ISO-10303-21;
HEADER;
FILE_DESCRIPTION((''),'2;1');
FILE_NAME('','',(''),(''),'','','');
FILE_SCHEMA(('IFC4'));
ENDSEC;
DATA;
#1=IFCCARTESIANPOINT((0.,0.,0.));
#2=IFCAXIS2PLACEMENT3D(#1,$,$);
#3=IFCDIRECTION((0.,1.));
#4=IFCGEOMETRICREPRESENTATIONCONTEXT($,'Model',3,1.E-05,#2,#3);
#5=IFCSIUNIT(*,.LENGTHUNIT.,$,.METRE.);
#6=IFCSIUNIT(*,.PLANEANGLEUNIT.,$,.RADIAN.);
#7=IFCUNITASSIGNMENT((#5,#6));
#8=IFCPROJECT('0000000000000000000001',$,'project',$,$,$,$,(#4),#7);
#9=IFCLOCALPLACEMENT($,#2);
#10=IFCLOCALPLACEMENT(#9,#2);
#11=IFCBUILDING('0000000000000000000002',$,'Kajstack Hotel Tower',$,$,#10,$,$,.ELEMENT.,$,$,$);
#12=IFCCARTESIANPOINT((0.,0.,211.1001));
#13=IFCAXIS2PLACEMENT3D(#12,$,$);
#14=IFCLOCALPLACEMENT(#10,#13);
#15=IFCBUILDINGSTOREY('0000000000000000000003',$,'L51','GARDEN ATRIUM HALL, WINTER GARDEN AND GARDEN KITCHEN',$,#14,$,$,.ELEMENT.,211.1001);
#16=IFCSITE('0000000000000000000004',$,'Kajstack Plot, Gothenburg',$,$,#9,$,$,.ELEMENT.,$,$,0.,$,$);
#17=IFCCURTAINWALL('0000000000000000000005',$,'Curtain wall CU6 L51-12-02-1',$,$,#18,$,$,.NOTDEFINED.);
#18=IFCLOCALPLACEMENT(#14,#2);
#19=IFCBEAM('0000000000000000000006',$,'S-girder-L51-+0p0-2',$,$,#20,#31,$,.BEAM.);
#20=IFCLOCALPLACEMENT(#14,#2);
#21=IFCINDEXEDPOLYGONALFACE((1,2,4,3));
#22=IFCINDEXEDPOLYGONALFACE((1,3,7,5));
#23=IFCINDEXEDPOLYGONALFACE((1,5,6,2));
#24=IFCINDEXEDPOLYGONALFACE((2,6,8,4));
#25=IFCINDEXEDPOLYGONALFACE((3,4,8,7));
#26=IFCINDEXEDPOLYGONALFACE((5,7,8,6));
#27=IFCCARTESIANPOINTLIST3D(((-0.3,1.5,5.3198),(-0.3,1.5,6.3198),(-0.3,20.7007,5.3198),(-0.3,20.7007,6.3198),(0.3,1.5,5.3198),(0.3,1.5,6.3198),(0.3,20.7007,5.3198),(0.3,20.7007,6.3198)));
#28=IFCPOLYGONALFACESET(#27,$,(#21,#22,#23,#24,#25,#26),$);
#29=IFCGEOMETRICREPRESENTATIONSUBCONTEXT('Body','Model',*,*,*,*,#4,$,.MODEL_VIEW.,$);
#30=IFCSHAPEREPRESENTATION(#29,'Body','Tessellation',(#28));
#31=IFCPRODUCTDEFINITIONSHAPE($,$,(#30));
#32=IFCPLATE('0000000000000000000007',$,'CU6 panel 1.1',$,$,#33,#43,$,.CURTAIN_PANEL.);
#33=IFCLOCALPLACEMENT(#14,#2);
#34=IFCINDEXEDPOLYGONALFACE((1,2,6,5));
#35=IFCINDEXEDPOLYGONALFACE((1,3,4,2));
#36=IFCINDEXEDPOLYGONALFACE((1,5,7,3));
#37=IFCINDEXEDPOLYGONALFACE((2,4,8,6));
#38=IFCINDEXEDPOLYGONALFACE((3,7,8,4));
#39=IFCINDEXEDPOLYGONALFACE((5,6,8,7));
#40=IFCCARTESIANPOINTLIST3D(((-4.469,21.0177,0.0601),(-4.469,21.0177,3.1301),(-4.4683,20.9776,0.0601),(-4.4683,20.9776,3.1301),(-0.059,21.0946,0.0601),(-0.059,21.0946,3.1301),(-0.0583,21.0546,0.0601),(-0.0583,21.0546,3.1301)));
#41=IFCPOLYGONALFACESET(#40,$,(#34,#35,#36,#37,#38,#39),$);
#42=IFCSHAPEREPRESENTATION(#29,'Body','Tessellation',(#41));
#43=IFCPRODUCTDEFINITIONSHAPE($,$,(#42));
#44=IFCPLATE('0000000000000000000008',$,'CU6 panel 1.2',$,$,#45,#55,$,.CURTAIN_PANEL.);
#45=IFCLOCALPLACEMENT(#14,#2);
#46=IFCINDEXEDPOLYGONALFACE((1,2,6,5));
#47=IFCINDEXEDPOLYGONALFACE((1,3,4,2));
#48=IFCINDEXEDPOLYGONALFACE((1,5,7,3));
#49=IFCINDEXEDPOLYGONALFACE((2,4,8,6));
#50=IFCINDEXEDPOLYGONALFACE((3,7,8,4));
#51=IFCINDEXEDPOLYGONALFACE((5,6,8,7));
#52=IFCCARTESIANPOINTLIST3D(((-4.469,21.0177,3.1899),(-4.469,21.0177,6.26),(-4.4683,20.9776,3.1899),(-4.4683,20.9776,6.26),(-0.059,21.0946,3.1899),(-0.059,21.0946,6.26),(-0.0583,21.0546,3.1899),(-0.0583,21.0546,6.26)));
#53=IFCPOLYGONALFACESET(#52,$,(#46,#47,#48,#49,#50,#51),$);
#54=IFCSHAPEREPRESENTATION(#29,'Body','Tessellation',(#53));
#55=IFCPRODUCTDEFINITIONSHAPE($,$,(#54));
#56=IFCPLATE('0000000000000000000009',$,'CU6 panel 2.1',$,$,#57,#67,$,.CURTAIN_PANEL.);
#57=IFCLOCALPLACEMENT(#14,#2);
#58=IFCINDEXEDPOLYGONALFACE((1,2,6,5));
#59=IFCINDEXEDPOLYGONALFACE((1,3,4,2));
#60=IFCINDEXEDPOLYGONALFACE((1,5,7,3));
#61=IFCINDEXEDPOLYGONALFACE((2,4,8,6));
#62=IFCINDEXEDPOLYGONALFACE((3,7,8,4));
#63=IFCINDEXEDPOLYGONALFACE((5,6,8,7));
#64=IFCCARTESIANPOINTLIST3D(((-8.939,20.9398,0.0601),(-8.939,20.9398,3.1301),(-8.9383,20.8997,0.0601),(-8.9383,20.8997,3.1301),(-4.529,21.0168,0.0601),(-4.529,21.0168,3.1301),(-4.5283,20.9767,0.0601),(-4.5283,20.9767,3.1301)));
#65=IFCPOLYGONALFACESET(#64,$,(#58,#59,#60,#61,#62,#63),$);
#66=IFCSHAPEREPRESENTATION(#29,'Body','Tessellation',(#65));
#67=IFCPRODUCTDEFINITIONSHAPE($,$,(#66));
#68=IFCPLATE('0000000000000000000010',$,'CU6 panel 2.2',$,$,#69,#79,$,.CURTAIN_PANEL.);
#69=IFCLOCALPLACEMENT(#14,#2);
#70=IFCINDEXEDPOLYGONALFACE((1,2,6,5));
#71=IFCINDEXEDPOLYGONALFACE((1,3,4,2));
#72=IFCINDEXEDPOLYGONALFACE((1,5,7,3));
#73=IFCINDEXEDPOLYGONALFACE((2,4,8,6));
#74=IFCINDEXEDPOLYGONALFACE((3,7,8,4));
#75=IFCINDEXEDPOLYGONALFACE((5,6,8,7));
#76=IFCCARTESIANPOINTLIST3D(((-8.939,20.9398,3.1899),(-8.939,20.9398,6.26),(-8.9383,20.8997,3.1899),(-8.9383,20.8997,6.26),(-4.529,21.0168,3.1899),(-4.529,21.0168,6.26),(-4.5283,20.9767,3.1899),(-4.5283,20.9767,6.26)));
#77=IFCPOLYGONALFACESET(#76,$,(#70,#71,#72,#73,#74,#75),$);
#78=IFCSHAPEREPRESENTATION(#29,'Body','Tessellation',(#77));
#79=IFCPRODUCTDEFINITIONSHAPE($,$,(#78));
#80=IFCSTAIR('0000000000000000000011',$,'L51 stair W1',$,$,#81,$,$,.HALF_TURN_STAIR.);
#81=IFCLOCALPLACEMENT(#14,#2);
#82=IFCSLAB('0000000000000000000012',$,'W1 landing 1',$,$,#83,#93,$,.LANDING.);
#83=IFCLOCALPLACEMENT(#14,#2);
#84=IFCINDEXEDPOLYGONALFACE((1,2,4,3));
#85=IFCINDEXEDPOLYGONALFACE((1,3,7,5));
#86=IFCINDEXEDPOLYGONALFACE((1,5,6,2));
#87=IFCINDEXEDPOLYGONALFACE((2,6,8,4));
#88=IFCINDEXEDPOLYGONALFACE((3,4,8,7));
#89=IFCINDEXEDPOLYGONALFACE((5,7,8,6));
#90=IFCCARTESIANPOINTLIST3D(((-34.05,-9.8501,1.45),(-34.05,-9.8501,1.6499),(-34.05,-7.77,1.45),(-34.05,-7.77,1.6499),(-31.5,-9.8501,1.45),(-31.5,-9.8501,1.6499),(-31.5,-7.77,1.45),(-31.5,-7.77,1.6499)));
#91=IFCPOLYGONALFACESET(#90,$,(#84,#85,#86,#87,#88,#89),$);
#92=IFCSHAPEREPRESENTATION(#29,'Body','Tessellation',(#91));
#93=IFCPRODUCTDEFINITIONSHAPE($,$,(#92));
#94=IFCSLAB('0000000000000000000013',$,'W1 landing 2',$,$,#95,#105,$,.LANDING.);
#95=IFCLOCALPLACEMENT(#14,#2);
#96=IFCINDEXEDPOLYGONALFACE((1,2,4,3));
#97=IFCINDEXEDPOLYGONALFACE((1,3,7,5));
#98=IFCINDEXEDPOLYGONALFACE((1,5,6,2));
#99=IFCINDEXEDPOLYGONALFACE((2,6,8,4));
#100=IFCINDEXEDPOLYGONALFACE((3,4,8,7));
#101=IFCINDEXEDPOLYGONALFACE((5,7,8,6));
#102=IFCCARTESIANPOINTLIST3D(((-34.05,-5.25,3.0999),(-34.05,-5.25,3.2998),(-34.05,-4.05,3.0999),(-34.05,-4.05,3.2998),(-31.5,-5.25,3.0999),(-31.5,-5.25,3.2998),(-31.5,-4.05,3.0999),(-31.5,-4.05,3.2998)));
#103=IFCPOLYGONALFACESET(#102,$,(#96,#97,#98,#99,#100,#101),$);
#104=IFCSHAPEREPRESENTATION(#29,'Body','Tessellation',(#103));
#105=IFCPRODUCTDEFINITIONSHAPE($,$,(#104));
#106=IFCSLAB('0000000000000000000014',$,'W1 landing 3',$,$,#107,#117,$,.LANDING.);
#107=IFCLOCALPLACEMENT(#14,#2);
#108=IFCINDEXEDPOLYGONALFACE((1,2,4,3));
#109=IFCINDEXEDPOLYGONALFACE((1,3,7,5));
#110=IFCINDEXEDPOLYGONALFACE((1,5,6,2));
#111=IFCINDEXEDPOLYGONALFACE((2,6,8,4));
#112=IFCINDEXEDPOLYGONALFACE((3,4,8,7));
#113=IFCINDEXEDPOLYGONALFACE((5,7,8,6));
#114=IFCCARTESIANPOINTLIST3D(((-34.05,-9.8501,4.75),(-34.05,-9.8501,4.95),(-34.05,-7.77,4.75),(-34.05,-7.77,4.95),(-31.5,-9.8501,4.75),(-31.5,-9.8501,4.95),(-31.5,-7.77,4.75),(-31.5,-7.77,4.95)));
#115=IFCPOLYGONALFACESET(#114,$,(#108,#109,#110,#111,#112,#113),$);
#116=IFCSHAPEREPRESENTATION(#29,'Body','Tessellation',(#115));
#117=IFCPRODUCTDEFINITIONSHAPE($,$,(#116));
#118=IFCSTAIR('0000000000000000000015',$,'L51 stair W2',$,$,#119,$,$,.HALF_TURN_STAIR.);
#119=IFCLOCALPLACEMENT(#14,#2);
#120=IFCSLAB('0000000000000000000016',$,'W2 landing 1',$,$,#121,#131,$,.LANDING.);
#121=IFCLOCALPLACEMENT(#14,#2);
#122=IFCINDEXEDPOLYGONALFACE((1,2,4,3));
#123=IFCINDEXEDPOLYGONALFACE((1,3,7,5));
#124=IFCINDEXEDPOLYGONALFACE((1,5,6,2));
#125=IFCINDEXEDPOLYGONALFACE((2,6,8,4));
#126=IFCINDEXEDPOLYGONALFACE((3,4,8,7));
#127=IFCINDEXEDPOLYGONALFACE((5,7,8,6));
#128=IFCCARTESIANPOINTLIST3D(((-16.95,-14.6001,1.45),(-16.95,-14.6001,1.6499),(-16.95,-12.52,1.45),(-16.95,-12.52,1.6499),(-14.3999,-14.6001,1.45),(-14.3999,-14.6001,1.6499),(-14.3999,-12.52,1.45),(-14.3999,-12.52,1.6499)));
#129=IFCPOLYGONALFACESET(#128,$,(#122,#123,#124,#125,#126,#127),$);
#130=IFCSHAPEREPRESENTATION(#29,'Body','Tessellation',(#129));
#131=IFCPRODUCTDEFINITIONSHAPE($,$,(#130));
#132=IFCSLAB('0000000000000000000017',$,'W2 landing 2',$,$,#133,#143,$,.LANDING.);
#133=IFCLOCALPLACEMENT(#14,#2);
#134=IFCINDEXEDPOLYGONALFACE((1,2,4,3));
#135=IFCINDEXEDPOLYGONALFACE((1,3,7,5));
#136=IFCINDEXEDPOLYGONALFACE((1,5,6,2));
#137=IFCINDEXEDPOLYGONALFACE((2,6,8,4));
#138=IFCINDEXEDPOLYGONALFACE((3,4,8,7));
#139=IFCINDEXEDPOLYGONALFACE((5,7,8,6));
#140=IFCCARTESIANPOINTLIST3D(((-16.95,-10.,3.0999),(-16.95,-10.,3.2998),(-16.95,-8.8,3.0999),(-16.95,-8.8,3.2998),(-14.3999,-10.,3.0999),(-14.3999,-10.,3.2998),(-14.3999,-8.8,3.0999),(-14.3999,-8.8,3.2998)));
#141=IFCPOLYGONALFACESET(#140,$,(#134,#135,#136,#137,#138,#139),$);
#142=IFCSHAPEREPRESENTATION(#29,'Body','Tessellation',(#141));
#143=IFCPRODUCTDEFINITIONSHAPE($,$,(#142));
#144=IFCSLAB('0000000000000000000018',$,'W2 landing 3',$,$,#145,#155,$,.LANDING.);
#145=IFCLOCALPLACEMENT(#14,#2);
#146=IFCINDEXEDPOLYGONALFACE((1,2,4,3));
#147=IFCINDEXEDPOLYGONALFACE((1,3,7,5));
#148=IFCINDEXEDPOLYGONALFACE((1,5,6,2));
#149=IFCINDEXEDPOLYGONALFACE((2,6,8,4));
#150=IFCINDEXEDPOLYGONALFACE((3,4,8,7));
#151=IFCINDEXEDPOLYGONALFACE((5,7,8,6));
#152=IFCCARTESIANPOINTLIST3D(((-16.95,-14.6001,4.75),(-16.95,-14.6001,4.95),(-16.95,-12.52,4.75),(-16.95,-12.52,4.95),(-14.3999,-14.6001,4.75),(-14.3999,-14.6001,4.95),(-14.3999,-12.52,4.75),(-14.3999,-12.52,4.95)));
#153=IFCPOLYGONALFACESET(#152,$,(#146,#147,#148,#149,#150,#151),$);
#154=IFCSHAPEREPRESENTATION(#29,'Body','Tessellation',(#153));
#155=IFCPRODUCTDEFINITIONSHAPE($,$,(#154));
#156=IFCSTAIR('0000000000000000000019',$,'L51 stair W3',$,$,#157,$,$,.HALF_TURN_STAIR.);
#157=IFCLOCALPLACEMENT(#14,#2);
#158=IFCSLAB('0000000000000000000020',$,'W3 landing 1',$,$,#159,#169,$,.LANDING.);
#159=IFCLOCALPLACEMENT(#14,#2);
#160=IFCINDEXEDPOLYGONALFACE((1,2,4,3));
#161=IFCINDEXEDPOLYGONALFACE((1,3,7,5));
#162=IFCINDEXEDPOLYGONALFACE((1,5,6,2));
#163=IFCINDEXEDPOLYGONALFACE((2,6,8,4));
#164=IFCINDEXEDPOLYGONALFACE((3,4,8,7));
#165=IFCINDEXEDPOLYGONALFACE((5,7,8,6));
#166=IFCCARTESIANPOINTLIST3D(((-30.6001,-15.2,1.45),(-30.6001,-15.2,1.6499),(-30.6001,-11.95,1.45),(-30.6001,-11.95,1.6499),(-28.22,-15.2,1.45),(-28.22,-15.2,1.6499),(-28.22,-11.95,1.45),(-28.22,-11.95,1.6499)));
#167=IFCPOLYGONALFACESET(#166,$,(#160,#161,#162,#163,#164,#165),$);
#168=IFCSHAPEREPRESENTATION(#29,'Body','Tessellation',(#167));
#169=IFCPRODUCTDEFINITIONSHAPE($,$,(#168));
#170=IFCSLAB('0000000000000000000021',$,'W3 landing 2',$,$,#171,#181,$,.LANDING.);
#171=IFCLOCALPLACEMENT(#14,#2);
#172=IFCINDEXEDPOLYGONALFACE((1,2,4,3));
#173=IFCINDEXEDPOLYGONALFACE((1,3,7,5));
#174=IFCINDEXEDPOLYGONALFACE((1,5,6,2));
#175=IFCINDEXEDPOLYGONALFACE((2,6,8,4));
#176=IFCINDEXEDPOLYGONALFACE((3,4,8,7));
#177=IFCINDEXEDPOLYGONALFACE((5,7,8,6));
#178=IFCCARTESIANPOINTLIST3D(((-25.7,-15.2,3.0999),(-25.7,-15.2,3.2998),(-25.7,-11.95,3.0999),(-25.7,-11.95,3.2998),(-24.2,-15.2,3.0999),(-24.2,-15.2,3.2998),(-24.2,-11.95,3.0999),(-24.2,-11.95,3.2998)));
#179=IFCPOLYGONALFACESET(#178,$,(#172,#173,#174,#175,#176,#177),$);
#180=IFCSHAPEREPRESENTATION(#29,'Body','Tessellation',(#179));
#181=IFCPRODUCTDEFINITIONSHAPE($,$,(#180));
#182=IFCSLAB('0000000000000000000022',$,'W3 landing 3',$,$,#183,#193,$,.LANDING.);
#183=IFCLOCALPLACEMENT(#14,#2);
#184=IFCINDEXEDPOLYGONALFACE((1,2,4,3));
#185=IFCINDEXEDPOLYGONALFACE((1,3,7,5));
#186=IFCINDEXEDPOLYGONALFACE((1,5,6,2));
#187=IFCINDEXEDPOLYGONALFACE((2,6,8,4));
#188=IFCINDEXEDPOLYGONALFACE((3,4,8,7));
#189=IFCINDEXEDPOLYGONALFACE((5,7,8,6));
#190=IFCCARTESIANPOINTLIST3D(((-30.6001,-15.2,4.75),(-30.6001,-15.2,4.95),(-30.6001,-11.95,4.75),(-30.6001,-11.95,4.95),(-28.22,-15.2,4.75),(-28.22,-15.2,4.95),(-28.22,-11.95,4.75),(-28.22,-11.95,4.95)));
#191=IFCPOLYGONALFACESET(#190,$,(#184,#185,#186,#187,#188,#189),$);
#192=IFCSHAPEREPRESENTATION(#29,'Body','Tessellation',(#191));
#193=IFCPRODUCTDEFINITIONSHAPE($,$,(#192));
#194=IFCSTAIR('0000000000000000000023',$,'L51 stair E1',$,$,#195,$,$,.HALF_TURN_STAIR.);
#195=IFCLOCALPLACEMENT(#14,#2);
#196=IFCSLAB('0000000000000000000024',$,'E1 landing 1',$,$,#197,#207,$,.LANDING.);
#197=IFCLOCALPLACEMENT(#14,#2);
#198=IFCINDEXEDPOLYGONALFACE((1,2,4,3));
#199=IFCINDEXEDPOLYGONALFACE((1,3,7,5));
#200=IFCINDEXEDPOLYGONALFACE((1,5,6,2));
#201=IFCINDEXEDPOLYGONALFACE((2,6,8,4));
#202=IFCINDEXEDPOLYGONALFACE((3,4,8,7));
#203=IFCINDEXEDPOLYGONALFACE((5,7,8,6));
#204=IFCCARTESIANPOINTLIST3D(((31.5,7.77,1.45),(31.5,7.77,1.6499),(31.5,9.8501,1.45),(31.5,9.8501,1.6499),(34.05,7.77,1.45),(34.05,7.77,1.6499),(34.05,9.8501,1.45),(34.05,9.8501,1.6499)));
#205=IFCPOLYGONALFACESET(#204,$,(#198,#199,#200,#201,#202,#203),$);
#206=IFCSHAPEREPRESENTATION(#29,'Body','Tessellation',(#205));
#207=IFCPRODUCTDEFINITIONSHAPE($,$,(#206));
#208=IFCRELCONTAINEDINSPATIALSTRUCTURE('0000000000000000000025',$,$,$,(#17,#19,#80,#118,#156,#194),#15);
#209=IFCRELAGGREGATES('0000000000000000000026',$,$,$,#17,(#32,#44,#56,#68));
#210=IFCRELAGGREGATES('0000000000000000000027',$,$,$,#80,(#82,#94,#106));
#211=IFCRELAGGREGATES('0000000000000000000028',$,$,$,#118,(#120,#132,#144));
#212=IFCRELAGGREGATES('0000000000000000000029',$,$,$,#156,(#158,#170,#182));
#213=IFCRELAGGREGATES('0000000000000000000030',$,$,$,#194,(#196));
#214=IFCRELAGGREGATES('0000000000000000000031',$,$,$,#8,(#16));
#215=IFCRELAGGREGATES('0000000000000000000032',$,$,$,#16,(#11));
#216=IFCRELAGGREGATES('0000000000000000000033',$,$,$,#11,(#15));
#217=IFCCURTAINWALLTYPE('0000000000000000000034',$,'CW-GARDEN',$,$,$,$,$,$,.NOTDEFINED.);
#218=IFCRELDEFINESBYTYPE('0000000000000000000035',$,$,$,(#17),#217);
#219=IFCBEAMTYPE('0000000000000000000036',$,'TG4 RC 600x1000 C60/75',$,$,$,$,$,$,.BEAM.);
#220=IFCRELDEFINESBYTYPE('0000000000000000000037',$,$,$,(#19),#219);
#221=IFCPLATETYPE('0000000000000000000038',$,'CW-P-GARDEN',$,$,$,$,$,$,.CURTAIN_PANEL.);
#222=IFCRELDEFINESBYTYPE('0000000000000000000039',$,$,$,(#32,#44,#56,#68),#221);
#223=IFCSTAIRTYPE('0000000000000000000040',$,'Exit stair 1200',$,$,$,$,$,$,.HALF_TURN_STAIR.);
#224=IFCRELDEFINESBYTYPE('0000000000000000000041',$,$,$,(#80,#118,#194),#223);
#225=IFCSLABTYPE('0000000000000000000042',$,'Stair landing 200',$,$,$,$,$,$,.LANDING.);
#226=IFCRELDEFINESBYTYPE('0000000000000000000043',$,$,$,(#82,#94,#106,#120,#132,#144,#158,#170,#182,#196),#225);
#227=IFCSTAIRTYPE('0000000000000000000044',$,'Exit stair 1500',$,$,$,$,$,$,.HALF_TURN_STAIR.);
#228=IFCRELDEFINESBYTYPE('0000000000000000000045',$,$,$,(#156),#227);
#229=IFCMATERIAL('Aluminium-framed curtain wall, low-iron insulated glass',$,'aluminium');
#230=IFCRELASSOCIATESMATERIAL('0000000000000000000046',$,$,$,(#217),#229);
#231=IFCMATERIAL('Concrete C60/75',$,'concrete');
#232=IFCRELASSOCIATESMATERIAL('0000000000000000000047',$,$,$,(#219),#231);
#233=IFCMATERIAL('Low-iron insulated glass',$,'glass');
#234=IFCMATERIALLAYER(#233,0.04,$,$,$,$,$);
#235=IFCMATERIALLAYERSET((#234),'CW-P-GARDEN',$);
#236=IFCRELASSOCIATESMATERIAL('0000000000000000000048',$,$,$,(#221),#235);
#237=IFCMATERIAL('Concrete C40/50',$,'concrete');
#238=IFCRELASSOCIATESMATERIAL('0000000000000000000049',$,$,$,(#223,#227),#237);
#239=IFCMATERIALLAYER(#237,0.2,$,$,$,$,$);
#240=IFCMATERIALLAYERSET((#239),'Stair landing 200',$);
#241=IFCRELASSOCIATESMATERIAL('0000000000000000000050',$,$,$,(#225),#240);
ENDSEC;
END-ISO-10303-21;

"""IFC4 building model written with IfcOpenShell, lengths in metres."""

from ifc_helpers import new_model, si_unit, direction, frame, origin, origin_2d, place, context, subcontext, project, spatial, polyline, rectangle, outline, extrude, material, layer, layer_set, material_profile, profile_set, type_object, element, aggregate, save


model = new_model("IFC4")

# Units and contexts
model_context = context("Model", 3, precision=1e-05, world=origin(), true_north=direction((0.0, 1.0)))
body_context = subcontext(model_context, "Body", "Model", "MODEL_VIEW")
ifc_project = project(units=[si_unit("LENGTHUNIT", "METRE"), si_unit("PLANEANGLEUNIT", "RADIAN")], contexts=[model_context])

# Site, building, storey
site_placement = place(None, origin())
site = spatial("IfcSite", under=ifc_project, at=site_placement, Name="Kajstack Plot, Gothenburg", CompositionType="ELEMENT", RefElevation=0.0)
building_placement = place(site_placement, origin())
building = spatial("IfcBuilding", under=site, at=building_placement, Name="Kajstack Hotel Tower", CompositionType="ELEMENT")
storey_placement = place(building_placement, frame((0.0, 0.0, 211.1001)))
storey = spatial("IfcBuildingStorey", under=building, at=storey_placement, Name="L51", Description="GARDEN ATRIUM HALL, WINTER GARDEN AND GARDEN KITCHEN", CompositionType="ELEMENT", Elevation=211.1001)

# Curtain wall
ifc_material_1 = material(Name="Aluminium-framed curtain wall, low-iron insulated glass", Category="aluminium")
curtain_wall_type = type_object("IfcCurtainWallType", Name="CW-GARDEN", PredefinedType="NOTDEFINED", material=ifc_material_1)
curtain_wall_placement = place(storey_placement, origin())
curtain_wall = element("IfcCurtainWall", 1, at=curtain_wall_placement, inside=storey, type_object=curtain_wall_type, Name="Curtain wall CU6 L51-12-02-1", PredefinedType="NOTDEFINED")

# Beam
ifc_material_2 = material(Name="Concrete C60/75", Category="concrete")
ifc_material_profile_1 = material_profile(ifc_material_2, rectangle(XDim=0.6001, YDim=1.0, at=origin_2d()), Name="RC 600x1000")
ifc_profile_set_1 = profile_set([ifc_material_profile_1], Name="Concrete C60/75")
beam_type = type_object("IfcBeamType", Name="TG4 RC 600x1000 C60/75", PredefinedType="BEAM", material=ifc_profile_set_1)
beam_placement = place(storey_placement, frame((0.0, 1.5, 5.8198), z_axis=(0.0, 1.0, 0.0), x_axis=(-1.0, 0.0, 0.0)))
element("IfcBeam", 2, at=beam_placement, inside=storey, type_object=beam_type, Name="S-girder-L51-+0p0-2", PredefinedType="BEAM", context=body_context, shape_type="SweptSolid", body=[
    extrude(rectangle(XDim=0.6001, YDim=1.0, at=origin_2d()), origin(), (0.0, 0.0, 1.0), 19.2007),
])

# Plates
ifc_material_3 = material(Name="Low-iron insulated glass", Category="glass")
ifc_layer_1 = layer(ifc_material_3, 0.04)
ifc_layer_set_1 = layer_set([ifc_layer_1], Name="CW-P-GARDEN")
plate_type = type_object("IfcPlateType", Name="CW-P-GARDEN", PredefinedType="CURTAIN_PANEL", material=ifc_layer_set_1)
plate_1_placement = place(storey_placement, frame((-2.2637, 21.0361, 0.0601), z_axis=(0.0, 0.0, 1.0), x_axis=(-0.999848, -0.017453, 0.0)))
plate_1 = element("IfcPlate", 3, at=plate_1_placement, type_object=plate_type, Name="CU6 panel 1.1", PredefinedType="CURTAIN_PANEL", context=body_context, shape_type="SweptSolid", body=[
    extrude(rectangle(XDim=4.4106, YDim=0.04, at=origin_2d()), origin(), (0.0, 0.0, 1.0), 3.0701),
])
plate_2_placement = place(storey_placement, frame((-2.2637, 21.0361, 3.1899), z_axis=(0.0, 0.0, 1.0), x_axis=(-0.999848, -0.017453, 0.0)))
plate_2 = element("IfcPlate", 4, at=plate_2_placement, type_object=plate_type, Name="CU6 panel 1.2", PredefinedType="CURTAIN_PANEL", context=body_context, shape_type="SweptSolid", body=[
    extrude(rectangle(XDim=4.4106, YDim=0.04, at=origin_2d()), origin(), (0.0, 0.0, 1.0), 3.0701),
])
plate_3_placement = place(storey_placement, frame((-6.7336, 20.9583, 0.0601), z_axis=(0.0, 0.0, 1.0), x_axis=(-0.999848, -0.017453, 0.0)))
plate_3 = element("IfcPlate", 5, at=plate_3_placement, type_object=plate_type, Name="CU6 panel 2.1", PredefinedType="CURTAIN_PANEL", context=body_context, shape_type="SweptSolid", body=[
    extrude(rectangle(XDim=4.4106, YDim=0.04, at=origin_2d()), origin(), (0.0, 0.0, 1.0), 3.0701),
])
plate_4_placement = place(storey_placement, frame((-6.7336, 20.9583, 3.1899), z_axis=(0.0, 0.0, 1.0), x_axis=(-0.999848, -0.017453, 0.0)))
plate_4 = element("IfcPlate", 6, at=plate_4_placement, type_object=plate_type, Name="CU6 panel 2.2", PredefinedType="CURTAIN_PANEL", context=body_context, shape_type="SweptSolid", body=[
    extrude(rectangle(XDim=4.4106, YDim=0.04, at=origin_2d()), origin(), (0.0, 0.0, 1.0), 3.0701),
])
aggregate(curtain_wall, [plate_1, plate_2, plate_3, plate_4])

# Stairs, slabs
ifc_material_4 = material(Name="Concrete C40/50", Category="concrete")
stair_type_1 = type_object("IfcStairType", Name="Exit stair 1200", PredefinedType="HALF_TURN_STAIR", material=ifc_material_4)
stair_1_placement = place(storey_placement, origin())
stair_1 = element("IfcStair", 7, at=stair_1_placement, inside=storey, type_object=stair_type_1, Name="L51 stair W1", PredefinedType="HALF_TURN_STAIR")
ifc_layer_2 = layer(ifc_material_4, 0.2)
ifc_layer_set_2 = layer_set([ifc_layer_2], Name="Stair landing 200")
slab_type = type_object("IfcSlabType", Name="Stair landing 200", PredefinedType="LANDING", material=ifc_layer_set_2)
slab_1_placement = place(storey_placement, frame((0.0, 0.0, 1.45)))
slab_1 = element("IfcSlab", 8, at=slab_1_placement, type_object=slab_type, Name="W1 landing 1", PredefinedType="LANDING", context=body_context, shape_type="SweptSolid", body=[
    extrude(outline(polyline([(-34.05, -7.77), (-34.05, -9.8501), (-31.5, -9.8501), (-31.5, -7.77), (-34.05, -7.77)])), origin(), (0.0, 0.0, 1.0), 0.2),
])
slab_2_placement = place(storey_placement, frame((0.0, 0.0, 3.0999)))
slab_2 = element("IfcSlab", 9, at=slab_2_placement, type_object=slab_type, Name="W1 landing 2", PredefinedType="LANDING", context=body_context, shape_type="SweptSolid", body=[
    extrude(outline(polyline([(-34.05, -4.05), (-34.05, -5.25), (-31.5, -5.25), (-31.5, -4.05), (-34.05, -4.05)])), origin(), (0.0, 0.0, 1.0), 0.2),
])
slab_3_placement = place(storey_placement, frame((0.0, 0.0, 4.75)))
slab_3 = element("IfcSlab", 10, at=slab_3_placement, type_object=slab_type, Name="W1 landing 3", PredefinedType="LANDING", context=body_context, shape_type="SweptSolid", body=[
    extrude(outline(polyline([(-34.05, -7.77), (-34.05, -9.8501), (-31.5, -9.8501), (-31.5, -7.77), (-34.05, -7.77)])), origin(), (0.0, 0.0, 1.0), 0.2),
])
aggregate(stair_1, [slab_1, slab_2, slab_3])
stair_2_placement = place(storey_placement, origin())
stair_2 = element("IfcStair", 11, at=stair_2_placement, inside=storey, type_object=stair_type_1, Name="L51 stair W2", PredefinedType="HALF_TURN_STAIR")
slab_4_placement = place(storey_placement, frame((0.0, 0.0, 1.45)))
slab_4 = element("IfcSlab", 12, at=slab_4_placement, type_object=slab_type, Name="W2 landing 1", PredefinedType="LANDING", context=body_context, shape_type="SweptSolid", body=[
    extrude(outline(polyline([(-16.95, -12.52), (-16.95, -14.6001), (-14.3999, -14.6001), (-14.3999, -12.52), (-16.95, -12.52)])), origin(), (0.0, 0.0, 1.0), 0.2),
])
slab_5_placement = place(storey_placement, frame((0.0, 0.0, 3.0999)))
slab_5 = element("IfcSlab", 13, at=slab_5_placement, type_object=slab_type, Name="W2 landing 2", PredefinedType="LANDING", context=body_context, shape_type="SweptSolid", body=[
    extrude(outline(polyline([(-16.95, -8.8), (-16.95, -10.0), (-14.3999, -10.0), (-14.3999, -8.8), (-16.95, -8.8)])), origin(), (0.0, 0.0, 1.0), 0.2),
])
slab_6_placement = place(storey_placement, frame((0.0, 0.0, 4.75)))
slab_6 = element("IfcSlab", 14, at=slab_6_placement, type_object=slab_type, Name="W2 landing 3", PredefinedType="LANDING", context=body_context, shape_type="SweptSolid", body=[
    extrude(outline(polyline([(-16.95, -12.52), (-16.95, -14.6001), (-14.3999, -14.6001), (-14.3999, -12.52), (-16.95, -12.52)])), origin(), (0.0, 0.0, 1.0), 0.2),
])
aggregate(stair_2, [slab_4, slab_5, slab_6])
stair_type_2 = type_object("IfcStairType", Name="Exit stair 1500", PredefinedType="HALF_TURN_STAIR", material=ifc_material_4)
stair_3_placement = place(storey_placement, origin())
stair_3 = element("IfcStair", 15, at=stair_3_placement, inside=storey, type_object=stair_type_2, Name="L51 stair W3", PredefinedType="HALF_TURN_STAIR")
slab_7_placement = place(storey_placement, frame((0.0, 0.0, 1.45)))
slab_7 = element("IfcSlab", 16, at=slab_7_placement, type_object=slab_type, Name="W3 landing 1", PredefinedType="LANDING", context=body_context, shape_type="SweptSolid", body=[
    extrude(outline(polyline([(-28.22, -11.95), (-30.6001, -11.95), (-30.6001, -15.2), (-28.22, -15.2), (-28.22, -11.95)])), origin(), (0.0, 0.0, 1.0), 0.2),
])
slab_8_placement = place(storey_placement, frame((0.0, 0.0, 3.0999)))
slab_8 = element("IfcSlab", 17, at=slab_8_placement, type_object=slab_type, Name="W3 landing 2", PredefinedType="LANDING", context=body_context, shape_type="SweptSolid", body=[
    extrude(outline(polyline([(-24.2, -11.95), (-25.7, -11.95), (-25.7, -15.2), (-24.2, -15.2), (-24.2, -11.95)])), origin(), (0.0, 0.0, 1.0), 0.2),
])
slab_9_placement = place(storey_placement, frame((0.0, 0.0, 4.75)))
slab_9 = element("IfcSlab", 18, at=slab_9_placement, type_object=slab_type, Name="W3 landing 3", PredefinedType="LANDING", context=body_context, shape_type="SweptSolid", body=[
    extrude(outline(polyline([(-28.22, -11.95), (-30.6001, -11.95), (-30.6001, -15.2), (-28.22, -15.2), (-28.22, -11.95)])), origin(), (0.0, 0.0, 1.0), 0.2),
])
aggregate(stair_3, [slab_7, slab_8, slab_9])
stair_4_placement = place(storey_placement, origin())
stair_4 = element("IfcStair", 19, at=stair_4_placement, inside=storey, type_object=stair_type_1, Name="L51 stair E1", PredefinedType="HALF_TURN_STAIR")
slab_10_placement = place(storey_placement, frame((0.0, 0.0, 1.45)))
slab_10 = element("IfcSlab", 20, at=slab_10_placement, type_object=slab_type, Name="E1 landing 1", PredefinedType="LANDING", context=body_context, shape_type="SweptSolid", body=[
    extrude(outline(polyline([(34.05, 7.77), (34.05, 9.8501), (31.5, 9.8501), (31.5, 7.77), (34.05, 7.77)])), origin(), (0.0, 0.0, 1.0), 0.2),
])
aggregate(stair_4, [slab_10])

save(model, "model.ifc")
